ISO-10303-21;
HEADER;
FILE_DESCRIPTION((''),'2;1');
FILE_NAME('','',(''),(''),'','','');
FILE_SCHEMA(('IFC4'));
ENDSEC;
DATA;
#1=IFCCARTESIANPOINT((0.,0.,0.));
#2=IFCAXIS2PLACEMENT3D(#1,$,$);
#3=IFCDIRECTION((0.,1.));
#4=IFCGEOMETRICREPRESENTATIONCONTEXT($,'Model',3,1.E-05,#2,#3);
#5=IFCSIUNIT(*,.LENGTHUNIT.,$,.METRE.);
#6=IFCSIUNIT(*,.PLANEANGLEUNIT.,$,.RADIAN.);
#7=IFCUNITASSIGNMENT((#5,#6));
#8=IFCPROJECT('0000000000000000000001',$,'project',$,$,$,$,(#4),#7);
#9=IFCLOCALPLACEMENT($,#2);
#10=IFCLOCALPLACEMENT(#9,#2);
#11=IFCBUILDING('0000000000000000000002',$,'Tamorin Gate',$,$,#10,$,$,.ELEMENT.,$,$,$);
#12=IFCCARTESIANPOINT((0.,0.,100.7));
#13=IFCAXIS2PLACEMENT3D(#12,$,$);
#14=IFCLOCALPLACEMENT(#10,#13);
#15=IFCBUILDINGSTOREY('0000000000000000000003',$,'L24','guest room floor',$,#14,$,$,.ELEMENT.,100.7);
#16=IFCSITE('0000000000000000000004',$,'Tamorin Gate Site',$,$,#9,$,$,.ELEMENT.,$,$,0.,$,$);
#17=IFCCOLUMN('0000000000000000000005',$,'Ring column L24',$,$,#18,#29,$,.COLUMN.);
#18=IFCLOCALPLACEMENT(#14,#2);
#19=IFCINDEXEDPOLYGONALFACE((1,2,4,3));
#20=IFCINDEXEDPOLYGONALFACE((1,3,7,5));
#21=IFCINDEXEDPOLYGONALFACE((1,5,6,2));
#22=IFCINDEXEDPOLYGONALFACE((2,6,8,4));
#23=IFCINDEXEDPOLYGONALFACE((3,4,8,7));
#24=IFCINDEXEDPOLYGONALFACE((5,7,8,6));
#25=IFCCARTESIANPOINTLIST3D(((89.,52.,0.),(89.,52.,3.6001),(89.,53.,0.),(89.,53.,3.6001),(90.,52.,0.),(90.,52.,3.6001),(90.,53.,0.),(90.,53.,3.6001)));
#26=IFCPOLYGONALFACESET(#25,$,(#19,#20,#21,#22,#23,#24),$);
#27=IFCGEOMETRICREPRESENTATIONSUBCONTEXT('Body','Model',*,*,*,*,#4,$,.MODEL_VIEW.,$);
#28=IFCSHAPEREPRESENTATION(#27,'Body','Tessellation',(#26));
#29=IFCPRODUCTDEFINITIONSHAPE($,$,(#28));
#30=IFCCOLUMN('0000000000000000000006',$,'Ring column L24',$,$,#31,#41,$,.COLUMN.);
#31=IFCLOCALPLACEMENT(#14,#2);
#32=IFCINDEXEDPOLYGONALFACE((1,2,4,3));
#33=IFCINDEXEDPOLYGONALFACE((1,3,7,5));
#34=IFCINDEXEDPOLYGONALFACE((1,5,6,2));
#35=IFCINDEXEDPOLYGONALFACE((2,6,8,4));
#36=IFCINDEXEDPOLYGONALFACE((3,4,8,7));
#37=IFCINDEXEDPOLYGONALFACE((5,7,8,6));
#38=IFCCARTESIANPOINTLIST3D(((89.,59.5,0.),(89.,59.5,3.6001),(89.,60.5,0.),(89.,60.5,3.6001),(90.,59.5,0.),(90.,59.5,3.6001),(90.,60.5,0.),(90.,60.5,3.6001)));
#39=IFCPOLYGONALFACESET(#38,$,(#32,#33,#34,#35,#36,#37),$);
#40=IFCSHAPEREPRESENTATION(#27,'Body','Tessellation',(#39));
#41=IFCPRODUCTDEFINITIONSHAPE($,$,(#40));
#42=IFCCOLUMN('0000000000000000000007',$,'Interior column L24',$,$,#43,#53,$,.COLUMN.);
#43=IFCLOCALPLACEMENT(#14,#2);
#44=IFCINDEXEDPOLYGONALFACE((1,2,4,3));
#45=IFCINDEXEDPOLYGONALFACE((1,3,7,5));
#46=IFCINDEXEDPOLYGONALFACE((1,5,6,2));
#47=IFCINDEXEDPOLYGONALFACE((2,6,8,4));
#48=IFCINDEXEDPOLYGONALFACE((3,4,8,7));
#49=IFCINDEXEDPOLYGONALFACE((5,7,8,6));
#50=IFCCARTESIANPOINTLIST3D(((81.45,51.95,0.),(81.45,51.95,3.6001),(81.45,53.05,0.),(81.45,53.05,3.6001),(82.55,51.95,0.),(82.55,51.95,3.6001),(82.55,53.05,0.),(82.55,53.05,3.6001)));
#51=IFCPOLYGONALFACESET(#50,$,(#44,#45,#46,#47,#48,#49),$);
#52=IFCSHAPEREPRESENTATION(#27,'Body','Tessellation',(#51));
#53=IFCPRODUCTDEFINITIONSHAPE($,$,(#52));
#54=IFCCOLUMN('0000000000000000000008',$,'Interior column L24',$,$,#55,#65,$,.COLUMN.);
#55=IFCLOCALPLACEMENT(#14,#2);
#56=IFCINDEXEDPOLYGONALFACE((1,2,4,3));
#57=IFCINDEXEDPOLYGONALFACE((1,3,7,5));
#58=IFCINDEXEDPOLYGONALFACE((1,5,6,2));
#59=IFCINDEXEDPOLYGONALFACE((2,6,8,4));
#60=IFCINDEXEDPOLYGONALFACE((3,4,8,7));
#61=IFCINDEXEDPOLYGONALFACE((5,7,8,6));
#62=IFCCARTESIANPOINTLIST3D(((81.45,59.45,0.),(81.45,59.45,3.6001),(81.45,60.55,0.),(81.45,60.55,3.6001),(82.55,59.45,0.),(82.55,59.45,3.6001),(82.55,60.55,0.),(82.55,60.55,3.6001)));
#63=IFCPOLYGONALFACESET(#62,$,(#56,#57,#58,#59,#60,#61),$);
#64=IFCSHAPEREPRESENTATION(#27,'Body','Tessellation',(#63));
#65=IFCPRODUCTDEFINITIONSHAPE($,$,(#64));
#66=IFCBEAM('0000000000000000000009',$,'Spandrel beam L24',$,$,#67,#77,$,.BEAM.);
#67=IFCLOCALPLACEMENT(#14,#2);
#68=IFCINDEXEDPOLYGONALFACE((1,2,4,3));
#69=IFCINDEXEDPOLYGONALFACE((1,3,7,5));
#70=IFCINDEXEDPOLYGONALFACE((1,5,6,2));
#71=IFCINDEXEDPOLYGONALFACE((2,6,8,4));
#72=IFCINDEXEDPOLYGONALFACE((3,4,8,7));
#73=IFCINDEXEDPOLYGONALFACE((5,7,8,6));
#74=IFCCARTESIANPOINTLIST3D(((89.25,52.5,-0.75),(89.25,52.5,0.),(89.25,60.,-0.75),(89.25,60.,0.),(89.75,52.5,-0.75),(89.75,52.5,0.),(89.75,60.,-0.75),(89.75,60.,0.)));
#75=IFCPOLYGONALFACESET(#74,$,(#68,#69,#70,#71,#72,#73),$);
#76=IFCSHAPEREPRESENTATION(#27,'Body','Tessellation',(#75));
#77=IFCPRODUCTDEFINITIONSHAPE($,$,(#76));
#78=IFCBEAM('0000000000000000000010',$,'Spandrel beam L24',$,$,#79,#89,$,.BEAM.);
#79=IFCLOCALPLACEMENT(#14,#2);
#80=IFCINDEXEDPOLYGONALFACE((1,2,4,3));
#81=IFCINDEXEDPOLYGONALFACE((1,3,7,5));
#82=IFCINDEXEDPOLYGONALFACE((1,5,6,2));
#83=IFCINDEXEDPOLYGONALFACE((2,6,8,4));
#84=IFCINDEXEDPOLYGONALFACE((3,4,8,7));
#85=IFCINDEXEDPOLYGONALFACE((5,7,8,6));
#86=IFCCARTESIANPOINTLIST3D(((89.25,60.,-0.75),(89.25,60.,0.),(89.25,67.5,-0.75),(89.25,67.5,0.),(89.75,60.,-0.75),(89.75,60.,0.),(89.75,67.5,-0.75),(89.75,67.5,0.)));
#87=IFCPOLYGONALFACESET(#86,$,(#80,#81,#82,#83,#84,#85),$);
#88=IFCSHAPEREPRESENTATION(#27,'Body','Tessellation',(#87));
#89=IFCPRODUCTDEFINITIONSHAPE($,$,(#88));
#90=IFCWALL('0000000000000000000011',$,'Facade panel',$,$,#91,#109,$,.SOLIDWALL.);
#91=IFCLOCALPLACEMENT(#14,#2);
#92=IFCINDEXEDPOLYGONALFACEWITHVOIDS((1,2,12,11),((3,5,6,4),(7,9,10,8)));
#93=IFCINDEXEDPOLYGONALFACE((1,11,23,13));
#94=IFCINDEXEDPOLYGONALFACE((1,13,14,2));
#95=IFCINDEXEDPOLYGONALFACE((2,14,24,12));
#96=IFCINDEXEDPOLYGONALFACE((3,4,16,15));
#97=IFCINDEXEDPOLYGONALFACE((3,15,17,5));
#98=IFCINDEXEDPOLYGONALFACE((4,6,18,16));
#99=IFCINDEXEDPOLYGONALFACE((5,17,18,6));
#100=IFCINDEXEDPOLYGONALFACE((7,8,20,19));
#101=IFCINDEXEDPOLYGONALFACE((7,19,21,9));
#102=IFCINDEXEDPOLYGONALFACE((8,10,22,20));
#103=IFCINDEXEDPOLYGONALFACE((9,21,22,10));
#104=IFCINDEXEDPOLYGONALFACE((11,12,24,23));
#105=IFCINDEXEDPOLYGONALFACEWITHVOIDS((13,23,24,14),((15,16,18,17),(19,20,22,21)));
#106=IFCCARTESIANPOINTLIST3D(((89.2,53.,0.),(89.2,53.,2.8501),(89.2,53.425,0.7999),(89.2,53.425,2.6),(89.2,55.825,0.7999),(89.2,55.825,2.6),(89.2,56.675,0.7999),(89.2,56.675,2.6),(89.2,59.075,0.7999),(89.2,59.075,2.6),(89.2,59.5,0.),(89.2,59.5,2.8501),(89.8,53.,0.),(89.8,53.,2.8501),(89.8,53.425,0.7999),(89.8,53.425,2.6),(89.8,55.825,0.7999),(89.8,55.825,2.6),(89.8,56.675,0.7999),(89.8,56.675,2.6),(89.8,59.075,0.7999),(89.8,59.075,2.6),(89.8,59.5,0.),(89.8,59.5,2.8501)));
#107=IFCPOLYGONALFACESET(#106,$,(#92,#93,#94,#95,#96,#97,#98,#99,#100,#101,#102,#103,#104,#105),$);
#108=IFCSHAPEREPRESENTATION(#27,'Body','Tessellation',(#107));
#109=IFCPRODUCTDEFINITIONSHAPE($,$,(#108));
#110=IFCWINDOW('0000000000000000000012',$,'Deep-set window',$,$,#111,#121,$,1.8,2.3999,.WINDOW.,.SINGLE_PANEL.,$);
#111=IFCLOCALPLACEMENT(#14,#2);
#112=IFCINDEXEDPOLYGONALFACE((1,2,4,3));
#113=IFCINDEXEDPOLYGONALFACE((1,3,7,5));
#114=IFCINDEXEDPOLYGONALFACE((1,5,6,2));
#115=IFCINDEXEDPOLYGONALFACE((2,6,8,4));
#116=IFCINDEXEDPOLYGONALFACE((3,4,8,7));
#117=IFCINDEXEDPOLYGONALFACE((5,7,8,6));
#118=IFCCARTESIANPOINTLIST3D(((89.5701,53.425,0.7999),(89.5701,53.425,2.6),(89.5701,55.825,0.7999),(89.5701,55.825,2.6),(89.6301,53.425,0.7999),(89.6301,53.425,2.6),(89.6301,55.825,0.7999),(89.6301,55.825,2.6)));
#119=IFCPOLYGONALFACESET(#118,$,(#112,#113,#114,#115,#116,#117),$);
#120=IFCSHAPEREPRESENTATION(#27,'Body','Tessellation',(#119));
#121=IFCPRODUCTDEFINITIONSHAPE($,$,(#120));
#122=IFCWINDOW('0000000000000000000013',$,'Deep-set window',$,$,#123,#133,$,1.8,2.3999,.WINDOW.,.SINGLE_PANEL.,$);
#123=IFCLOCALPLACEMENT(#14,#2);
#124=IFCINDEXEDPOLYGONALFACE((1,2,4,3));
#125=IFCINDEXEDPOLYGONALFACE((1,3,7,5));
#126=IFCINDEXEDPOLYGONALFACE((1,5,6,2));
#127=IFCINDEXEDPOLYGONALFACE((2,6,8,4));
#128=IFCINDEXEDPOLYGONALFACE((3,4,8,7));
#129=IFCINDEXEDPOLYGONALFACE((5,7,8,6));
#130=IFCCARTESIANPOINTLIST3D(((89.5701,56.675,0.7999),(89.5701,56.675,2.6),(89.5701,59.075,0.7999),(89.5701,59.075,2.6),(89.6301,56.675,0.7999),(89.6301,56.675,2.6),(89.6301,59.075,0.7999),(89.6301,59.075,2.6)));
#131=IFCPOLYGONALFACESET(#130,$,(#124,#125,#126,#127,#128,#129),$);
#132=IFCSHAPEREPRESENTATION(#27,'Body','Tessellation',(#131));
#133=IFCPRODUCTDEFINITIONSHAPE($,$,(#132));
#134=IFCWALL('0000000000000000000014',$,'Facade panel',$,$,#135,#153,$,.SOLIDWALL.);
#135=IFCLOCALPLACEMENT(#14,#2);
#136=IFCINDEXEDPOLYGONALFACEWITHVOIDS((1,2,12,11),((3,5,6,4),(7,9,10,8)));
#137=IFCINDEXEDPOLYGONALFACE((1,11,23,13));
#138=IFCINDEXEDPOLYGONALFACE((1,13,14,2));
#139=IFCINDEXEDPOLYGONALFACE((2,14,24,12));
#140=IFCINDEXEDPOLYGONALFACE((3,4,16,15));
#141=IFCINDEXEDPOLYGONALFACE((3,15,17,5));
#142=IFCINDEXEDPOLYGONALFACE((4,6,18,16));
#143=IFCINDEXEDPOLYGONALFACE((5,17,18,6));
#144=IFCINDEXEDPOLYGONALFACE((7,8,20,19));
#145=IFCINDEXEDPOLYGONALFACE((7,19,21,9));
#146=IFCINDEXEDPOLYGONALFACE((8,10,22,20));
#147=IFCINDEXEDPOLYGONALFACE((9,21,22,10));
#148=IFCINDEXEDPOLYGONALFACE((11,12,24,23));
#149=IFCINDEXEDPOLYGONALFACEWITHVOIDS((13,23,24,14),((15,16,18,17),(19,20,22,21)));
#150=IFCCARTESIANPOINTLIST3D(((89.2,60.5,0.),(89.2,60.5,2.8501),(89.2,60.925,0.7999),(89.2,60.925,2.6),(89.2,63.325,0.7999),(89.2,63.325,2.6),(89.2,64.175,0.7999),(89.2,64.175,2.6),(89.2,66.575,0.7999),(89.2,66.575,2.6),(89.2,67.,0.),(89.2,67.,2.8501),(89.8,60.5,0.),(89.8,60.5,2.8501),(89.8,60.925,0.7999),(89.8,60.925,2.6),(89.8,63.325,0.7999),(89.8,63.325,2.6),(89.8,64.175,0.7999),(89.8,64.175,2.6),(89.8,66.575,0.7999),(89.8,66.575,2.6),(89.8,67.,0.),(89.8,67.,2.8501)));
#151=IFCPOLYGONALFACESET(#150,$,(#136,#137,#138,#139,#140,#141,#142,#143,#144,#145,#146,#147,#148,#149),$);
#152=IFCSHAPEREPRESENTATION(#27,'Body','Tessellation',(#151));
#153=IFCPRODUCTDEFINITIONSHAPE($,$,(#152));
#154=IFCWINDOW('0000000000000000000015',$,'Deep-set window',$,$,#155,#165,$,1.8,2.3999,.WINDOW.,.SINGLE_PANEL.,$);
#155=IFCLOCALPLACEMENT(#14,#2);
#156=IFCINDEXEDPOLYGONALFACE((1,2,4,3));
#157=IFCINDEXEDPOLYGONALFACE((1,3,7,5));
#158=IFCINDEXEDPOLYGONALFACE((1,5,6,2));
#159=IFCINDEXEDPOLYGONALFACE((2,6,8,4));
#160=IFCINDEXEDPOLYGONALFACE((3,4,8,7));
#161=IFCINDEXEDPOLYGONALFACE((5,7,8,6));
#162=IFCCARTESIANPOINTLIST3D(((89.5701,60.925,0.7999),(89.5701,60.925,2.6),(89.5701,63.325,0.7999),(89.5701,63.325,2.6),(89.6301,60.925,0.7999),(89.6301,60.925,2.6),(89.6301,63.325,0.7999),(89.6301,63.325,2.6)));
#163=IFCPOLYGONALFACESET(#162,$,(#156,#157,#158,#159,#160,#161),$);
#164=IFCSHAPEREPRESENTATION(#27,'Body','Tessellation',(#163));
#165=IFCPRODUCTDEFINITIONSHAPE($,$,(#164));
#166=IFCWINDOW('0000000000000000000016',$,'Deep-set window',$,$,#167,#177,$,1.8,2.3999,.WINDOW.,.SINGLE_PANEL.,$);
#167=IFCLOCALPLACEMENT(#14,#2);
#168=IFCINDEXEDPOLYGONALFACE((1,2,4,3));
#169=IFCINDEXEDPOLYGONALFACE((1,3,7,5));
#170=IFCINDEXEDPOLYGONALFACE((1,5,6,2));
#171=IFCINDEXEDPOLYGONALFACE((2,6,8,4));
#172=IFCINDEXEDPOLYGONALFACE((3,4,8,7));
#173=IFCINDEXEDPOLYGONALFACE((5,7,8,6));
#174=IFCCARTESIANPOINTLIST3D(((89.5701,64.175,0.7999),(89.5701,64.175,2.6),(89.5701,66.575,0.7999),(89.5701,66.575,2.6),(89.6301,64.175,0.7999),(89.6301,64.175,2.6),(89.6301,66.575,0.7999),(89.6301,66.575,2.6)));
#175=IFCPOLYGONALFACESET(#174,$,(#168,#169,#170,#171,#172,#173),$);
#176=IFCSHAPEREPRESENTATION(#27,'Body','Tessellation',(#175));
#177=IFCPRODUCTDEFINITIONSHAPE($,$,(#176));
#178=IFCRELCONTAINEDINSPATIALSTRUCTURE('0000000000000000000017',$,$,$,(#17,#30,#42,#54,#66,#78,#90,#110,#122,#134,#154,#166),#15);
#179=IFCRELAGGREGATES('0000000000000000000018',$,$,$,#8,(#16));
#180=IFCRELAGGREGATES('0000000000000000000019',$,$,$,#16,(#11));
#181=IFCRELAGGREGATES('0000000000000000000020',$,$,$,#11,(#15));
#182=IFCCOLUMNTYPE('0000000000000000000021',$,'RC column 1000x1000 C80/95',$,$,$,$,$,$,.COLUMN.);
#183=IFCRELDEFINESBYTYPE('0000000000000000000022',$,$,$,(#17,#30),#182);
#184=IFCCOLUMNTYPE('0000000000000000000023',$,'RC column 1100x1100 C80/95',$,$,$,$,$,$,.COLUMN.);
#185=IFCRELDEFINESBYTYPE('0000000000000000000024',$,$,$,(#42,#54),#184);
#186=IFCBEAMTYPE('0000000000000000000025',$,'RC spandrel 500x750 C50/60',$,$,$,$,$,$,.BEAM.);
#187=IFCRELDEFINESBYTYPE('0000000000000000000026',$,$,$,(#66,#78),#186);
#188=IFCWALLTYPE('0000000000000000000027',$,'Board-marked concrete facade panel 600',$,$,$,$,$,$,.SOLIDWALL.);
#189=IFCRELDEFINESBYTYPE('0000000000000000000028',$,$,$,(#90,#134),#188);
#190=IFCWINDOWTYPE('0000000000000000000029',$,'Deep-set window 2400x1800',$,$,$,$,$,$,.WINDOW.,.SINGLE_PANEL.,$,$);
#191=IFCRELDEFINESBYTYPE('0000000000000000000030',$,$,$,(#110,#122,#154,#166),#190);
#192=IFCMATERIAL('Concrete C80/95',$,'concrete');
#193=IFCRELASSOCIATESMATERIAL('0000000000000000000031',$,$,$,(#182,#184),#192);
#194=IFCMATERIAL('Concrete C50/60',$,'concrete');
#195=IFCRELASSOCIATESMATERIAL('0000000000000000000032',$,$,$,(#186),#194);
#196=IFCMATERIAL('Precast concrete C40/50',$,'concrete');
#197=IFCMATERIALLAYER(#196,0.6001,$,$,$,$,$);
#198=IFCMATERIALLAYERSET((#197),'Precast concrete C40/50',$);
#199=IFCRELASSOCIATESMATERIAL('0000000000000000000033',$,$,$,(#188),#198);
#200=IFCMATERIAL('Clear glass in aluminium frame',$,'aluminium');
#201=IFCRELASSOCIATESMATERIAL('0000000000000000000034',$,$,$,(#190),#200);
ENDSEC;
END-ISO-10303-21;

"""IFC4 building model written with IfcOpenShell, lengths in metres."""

from ifc_helpers import new_model, si_unit, direction, frame, frame_2d, origin, origin_2d, place, context, subcontext, project, spatial, rectangle, extrude, material, layer, layer_set, material_profile, profile_set, type_object, element, fill, save


model = new_model("IFC4")

# Units and contexts
model_context = context("Model", 3, precision=1e-05, world=origin(), true_north=direction((0.0, 1.0)))
body_context = subcontext(model_context, "Body", "Model", "MODEL_VIEW")
ifc_project = project(units=[si_unit("LENGTHUNIT", "METRE"), si_unit("PLANEANGLEUNIT", "RADIAN")], contexts=[model_context])

# Site, building, storey
site_placement = place(None, origin())
site = spatial("IfcSite", under=ifc_project, at=site_placement, Name="Tamorin Gate Site", CompositionType="ELEMENT", RefElevation=0.0)
building_placement = place(site_placement, origin())
building = spatial("IfcBuilding", under=site, at=building_placement, Name="Tamorin Gate", CompositionType="ELEMENT")
storey_placement = place(building_placement, frame((0.0, 0.0, 100.7)))
storey = spatial("IfcBuildingStorey", under=building, at=storey_placement, Name="L24", Description="guest room floor", CompositionType="ELEMENT", Elevation=100.7)

# Columns
ifc_material_1 = material(Name="Concrete C80/95", Category="concrete")
ifc_material_profile_1 = material_profile(ifc_material_1, rectangle(XDim=1.0, YDim=1.0, at=origin_2d()), Name="RC 1000x1000")
ifc_profile_set_1 = profile_set([ifc_material_profile_1], Name="Concrete C80/95")
column_type_1 = type_object("IfcColumnType", Name="RC column 1000x1000 C80/95", PredefinedType="COLUMN", material=ifc_profile_set_1)
for number, where, z_axis, x_axis, name in (
    (1, (89.5, 52.5, 0.0), (0.0, 0.0, 1.0), (1.0, 0.0, 0.0), "Ring column L24"),
    (2, (89.5, 60.0, 0.0), (0.0, 0.0, 1.0), (1.0, 0.0, 0.0), "Ring column L24"),
):
    element("IfcColumn", number, at=place(storey_placement, frame(where, z_axis=z_axis, x_axis=x_axis)), inside=storey, type_object=column_type_1, Name=name, PredefinedType="COLUMN", context=body_context, shape_type="SweptSolid", body=[
        extrude(rectangle(XDim=1.0, YDim=1.0, at=origin_2d()), origin(), (0.0, 0.0, 1.0), 3.6001),
    ])
ifc_material_profile_2 = material_profile(ifc_material_1, rectangle(XDim=1.1001, YDim=1.1001, at=origin_2d()), Name="RC 1100x1100")
ifc_profile_set_2 = profile_set([ifc_material_profile_2], Name="Concrete C80/95")
column_type_2 = type_object("IfcColumnType", Name="RC column 1100x1100 C80/95", PredefinedType="COLUMN", material=ifc_profile_set_2)
for number, where, z_axis, x_axis, name in (
    (3, (82.0, 52.5, 0.0), (0.0, 0.0, 1.0), (1.0, 0.0, 0.0), "Interior column L24"),
    (4, (82.0, 60.0, 0.0), (0.0, 0.0, 1.0), (1.0, 0.0, 0.0), "Interior column L24"),
):
    element("IfcColumn", number, at=place(storey_placement, frame(where, z_axis=z_axis, x_axis=x_axis)), inside=storey, type_object=column_type_2, Name=name, PredefinedType="COLUMN", context=body_context, shape_type="SweptSolid", body=[
        extrude(rectangle(XDim=1.1001, YDim=1.1001, at=origin_2d()), origin(), (0.0, 0.0, 1.0), 3.6001),
    ])

# Beams
ifc_material_2 = material(Name="Concrete C50/60", Category="concrete")
ifc_material_profile_3 = material_profile(ifc_material_2, rectangle(XDim=0.5, YDim=0.75, at=origin_2d()), Name="RC 500x750")
ifc_profile_set_3 = profile_set([ifc_material_profile_3], Name="Concrete C50/60")
beam_type = type_object("IfcBeamType", Name="RC spandrel 500x750 C50/60", PredefinedType="BEAM", material=ifc_profile_set_3)
for number, where, z_axis, x_axis, name in (
    (5, (89.5, 52.5, -0.375), (0.0, 1.0, 0.0), (-1.0, 0.0, 0.0), "Spandrel beam L24"),
    (6, (89.5, 60.0, -0.375), (0.0, 1.0, 0.0), (-1.0, 0.0, 0.0), "Spandrel beam L24"),
):
    element("IfcBeam", number, at=place(storey_placement, frame(where, z_axis=z_axis, x_axis=x_axis)), inside=storey, type_object=beam_type, Name=name, PredefinedType="BEAM", context=body_context, shape_type="SweptSolid", body=[
        extrude(rectangle(XDim=0.5, YDim=0.75, at=origin_2d()), origin(), (0.0, 0.0, 1.0), 7.5),
    ])

# Walls, openings, windows
ifc_material_3 = material(Name="Precast concrete C40/50", Category="concrete")
ifc_layer_1 = layer(ifc_material_3, 0.6001)
ifc_layer_set_1 = layer_set([ifc_layer_1], Name="Precast concrete C40/50")
wall_type_1 = type_object("IfcWallType", Name="Board-marked concrete facade panel 600", PredefinedType="SOLIDWALL", material=ifc_layer_set_1)
wall_1_placement = place(storey_placement, frame((89.5, 53.0, 0.0), z_axis=(0.0, 0.0, 1.0), x_axis=(0.0, 1.0, 0.0)))
wall_1 = element("IfcWall", 7, at=wall_1_placement, inside=storey, type_object=wall_type_1, Name="Facade panel", PredefinedType="SOLIDWALL", context=body_context, shape_type="SweptSolid", body=[
    extrude(rectangle(XDim=6.5, YDim=0.6001, at=frame_2d((3.25, 0.0))), origin(), (0.0, 0.0, 1.0), 2.8501),
])
opening_1_placement = place(wall_1_placement, frame((0.425, 0.0, 0.8)))
opening_1 = element("IfcOpeningElement", 8, at=opening_1_placement, cuts=wall_1, PredefinedType="OPENING", context=body_context, shape_type="SweptSolid", body=[
    extrude(rectangle(XDim=2.3999, YDim=1.8, at=frame_2d((1.2, 0.8999))), frame((0.0, 0.3101, 0.0), z_axis=(0.0, -1.0, 0.0), x_axis=(1.0, 0.0, 0.0)), (0.0, 0.0, 1.0), 0.6201),
])
opening_2_placement = place(wall_1_placement, frame((3.675, 0.0, 0.8)))
opening_2 = element("IfcOpeningElement", 9, at=opening_2_placement, cuts=wall_1, PredefinedType="OPENING", context=body_context, shape_type="SweptSolid", body=[
    extrude(rectangle(XDim=2.3999, YDim=1.8, at=frame_2d((1.2, 0.8999))), frame((0.0, 0.3101, 0.0), z_axis=(0.0, -1.0, 0.0), x_axis=(1.0, 0.0, 0.0)), (0.0, 0.0, 1.0), 0.6201),
])
ifc_material_4 = material(Name="Clear glass in aluminium frame", Category="aluminium")
window_type = type_object("IfcWindowType", Name="Deep-set window 2400x1800", PartitioningType="SINGLE_PANEL", PredefinedType="WINDOW", material=ifc_material_4)
window_1_placement = place(opening_1_placement, origin())
window_1 = element("IfcWindow", 10, at=window_1_placement, inside=storey, type_object=window_type, Name="Deep-set window", OverallHeight=1.8, OverallWidth=2.3999, PartitioningType="SINGLE_PANEL", PredefinedType="WINDOW", context=body_context, shape_type="SweptSolid", body=[
    extrude(rectangle(XDim=2.3999, YDim=1.8, at=frame_2d((1.2, 0.8999))), frame((0.0, -0.0701, 0.0), z_axis=(0.0, -1.0, 0.0), x_axis=(1.0, 0.0, 0.0)), (0.0, 0.0, 1.0), 0.0601),
])
fill(opening_1, window_1)
window_2_placement = place(opening_2_placement, origin())
window_2 = element("IfcWindow", 11, at=window_2_placement, inside=storey, type_object=window_type, Name="Deep-set window", OverallHeight=1.8, OverallWidth=2.3999, PartitioningType="SINGLE_PANEL", PredefinedType="WINDOW", context=body_context, shape_type="SweptSolid", body=[
    extrude(rectangle(XDim=2.3999, YDim=1.8, at=frame_2d((1.2, 0.8999))), frame((0.0, -0.0701, 0.0), z_axis=(0.0, -1.0, 0.0), x_axis=(1.0, 0.0, 0.0)), (0.0, 0.0, 1.0), 0.0601),
])
fill(opening_2, window_2)
wall_2_placement = place(storey_placement, frame((89.5, 60.5, 0.0), z_axis=(0.0, 0.0, 1.0), x_axis=(0.0, 1.0, 0.0)))
wall_2 = element("IfcWall", 12, at=wall_2_placement, inside=storey, type_object=wall_type_1, Name="Facade panel", PredefinedType="SOLIDWALL", context=body_context, shape_type="SweptSolid", body=[
    extrude(rectangle(XDim=6.5, YDim=0.6001, at=frame_2d((3.25, 0.0))), origin(), (0.0, 0.0, 1.0), 2.8501),
])
opening_3_placement = place(wall_2_placement, frame((0.425, 0.0, 0.8)))
opening_3 = element("IfcOpeningElement", 13, at=opening_3_placement, cuts=wall_2, PredefinedType="OPENING", context=body_context, shape_type="SweptSolid", body=[
    extrude(rectangle(XDim=2.3999, YDim=1.8, at=frame_2d((1.2, 0.8999))), frame((0.0, 0.3101, 0.0), z_axis=(0.0, -1.0, 0.0), x_axis=(1.0, 0.0, 0.0)), (0.0, 0.0, 1.0), 0.6201),
])
opening_4_placement = place(wall_2_placement, frame((3.675, 0.0, 0.8)))
opening_4 = element("IfcOpeningElement", 14, at=opening_4_placement, cuts=wall_2, PredefinedType="OPENING", context=body_context, shape_type="SweptSolid", body=[
    extrude(rectangle(XDim=2.3999, YDim=1.8, at=frame_2d((1.2, 0.8999))), frame((0.0, 0.3101, 0.0), z_axis=(0.0, -1.0, 0.0), x_axis=(1.0, 0.0, 0.0)), (0.0, 0.0, 1.0), 0.6201),
])
window_3_placement = place(opening_3_placement, origin())
window_3 = element("IfcWindow", 15, at=window_3_placement, inside=storey, type_object=window_type, Name="Deep-set window", OverallHeight=1.8, OverallWidth=2.3999, PartitioningType="SINGLE_PANEL", PredefinedType="WINDOW", context=body_context, shape_type="SweptSolid", body=[
    extrude(rectangle(XDim=2.3999, YDim=1.8, at=frame_2d((1.2, 0.8999))), frame((0.0, -0.0701, 0.0), z_axis=(0.0, -1.0, 0.0), x_axis=(1.0, 0.0, 0.0)), (0.0, 0.0, 1.0), 0.0601),
])
fill(opening_3, window_3)
window_4_placement = place(opening_4_placement, origin())
window_4 = element("IfcWindow", 16, at=window_4_placement, inside=storey, type_object=window_type, Name="Deep-set window", OverallHeight=1.8, OverallWidth=2.3999, PartitioningType="SINGLE_PANEL", PredefinedType="WINDOW", context=body_context, shape_type="SweptSolid", body=[
    extrude(rectangle(XDim=2.3999, YDim=1.8, at=frame_2d((1.2, 0.8999))), frame((0.0, -0.0701, 0.0), z_axis=(0.0, -1.0, 0.0), x_axis=(1.0, 0.0, 0.0)), (0.0, 0.0, 1.0), 0.0601),
])
fill(opening_4, window_4)

save(model, "model.ifc")
